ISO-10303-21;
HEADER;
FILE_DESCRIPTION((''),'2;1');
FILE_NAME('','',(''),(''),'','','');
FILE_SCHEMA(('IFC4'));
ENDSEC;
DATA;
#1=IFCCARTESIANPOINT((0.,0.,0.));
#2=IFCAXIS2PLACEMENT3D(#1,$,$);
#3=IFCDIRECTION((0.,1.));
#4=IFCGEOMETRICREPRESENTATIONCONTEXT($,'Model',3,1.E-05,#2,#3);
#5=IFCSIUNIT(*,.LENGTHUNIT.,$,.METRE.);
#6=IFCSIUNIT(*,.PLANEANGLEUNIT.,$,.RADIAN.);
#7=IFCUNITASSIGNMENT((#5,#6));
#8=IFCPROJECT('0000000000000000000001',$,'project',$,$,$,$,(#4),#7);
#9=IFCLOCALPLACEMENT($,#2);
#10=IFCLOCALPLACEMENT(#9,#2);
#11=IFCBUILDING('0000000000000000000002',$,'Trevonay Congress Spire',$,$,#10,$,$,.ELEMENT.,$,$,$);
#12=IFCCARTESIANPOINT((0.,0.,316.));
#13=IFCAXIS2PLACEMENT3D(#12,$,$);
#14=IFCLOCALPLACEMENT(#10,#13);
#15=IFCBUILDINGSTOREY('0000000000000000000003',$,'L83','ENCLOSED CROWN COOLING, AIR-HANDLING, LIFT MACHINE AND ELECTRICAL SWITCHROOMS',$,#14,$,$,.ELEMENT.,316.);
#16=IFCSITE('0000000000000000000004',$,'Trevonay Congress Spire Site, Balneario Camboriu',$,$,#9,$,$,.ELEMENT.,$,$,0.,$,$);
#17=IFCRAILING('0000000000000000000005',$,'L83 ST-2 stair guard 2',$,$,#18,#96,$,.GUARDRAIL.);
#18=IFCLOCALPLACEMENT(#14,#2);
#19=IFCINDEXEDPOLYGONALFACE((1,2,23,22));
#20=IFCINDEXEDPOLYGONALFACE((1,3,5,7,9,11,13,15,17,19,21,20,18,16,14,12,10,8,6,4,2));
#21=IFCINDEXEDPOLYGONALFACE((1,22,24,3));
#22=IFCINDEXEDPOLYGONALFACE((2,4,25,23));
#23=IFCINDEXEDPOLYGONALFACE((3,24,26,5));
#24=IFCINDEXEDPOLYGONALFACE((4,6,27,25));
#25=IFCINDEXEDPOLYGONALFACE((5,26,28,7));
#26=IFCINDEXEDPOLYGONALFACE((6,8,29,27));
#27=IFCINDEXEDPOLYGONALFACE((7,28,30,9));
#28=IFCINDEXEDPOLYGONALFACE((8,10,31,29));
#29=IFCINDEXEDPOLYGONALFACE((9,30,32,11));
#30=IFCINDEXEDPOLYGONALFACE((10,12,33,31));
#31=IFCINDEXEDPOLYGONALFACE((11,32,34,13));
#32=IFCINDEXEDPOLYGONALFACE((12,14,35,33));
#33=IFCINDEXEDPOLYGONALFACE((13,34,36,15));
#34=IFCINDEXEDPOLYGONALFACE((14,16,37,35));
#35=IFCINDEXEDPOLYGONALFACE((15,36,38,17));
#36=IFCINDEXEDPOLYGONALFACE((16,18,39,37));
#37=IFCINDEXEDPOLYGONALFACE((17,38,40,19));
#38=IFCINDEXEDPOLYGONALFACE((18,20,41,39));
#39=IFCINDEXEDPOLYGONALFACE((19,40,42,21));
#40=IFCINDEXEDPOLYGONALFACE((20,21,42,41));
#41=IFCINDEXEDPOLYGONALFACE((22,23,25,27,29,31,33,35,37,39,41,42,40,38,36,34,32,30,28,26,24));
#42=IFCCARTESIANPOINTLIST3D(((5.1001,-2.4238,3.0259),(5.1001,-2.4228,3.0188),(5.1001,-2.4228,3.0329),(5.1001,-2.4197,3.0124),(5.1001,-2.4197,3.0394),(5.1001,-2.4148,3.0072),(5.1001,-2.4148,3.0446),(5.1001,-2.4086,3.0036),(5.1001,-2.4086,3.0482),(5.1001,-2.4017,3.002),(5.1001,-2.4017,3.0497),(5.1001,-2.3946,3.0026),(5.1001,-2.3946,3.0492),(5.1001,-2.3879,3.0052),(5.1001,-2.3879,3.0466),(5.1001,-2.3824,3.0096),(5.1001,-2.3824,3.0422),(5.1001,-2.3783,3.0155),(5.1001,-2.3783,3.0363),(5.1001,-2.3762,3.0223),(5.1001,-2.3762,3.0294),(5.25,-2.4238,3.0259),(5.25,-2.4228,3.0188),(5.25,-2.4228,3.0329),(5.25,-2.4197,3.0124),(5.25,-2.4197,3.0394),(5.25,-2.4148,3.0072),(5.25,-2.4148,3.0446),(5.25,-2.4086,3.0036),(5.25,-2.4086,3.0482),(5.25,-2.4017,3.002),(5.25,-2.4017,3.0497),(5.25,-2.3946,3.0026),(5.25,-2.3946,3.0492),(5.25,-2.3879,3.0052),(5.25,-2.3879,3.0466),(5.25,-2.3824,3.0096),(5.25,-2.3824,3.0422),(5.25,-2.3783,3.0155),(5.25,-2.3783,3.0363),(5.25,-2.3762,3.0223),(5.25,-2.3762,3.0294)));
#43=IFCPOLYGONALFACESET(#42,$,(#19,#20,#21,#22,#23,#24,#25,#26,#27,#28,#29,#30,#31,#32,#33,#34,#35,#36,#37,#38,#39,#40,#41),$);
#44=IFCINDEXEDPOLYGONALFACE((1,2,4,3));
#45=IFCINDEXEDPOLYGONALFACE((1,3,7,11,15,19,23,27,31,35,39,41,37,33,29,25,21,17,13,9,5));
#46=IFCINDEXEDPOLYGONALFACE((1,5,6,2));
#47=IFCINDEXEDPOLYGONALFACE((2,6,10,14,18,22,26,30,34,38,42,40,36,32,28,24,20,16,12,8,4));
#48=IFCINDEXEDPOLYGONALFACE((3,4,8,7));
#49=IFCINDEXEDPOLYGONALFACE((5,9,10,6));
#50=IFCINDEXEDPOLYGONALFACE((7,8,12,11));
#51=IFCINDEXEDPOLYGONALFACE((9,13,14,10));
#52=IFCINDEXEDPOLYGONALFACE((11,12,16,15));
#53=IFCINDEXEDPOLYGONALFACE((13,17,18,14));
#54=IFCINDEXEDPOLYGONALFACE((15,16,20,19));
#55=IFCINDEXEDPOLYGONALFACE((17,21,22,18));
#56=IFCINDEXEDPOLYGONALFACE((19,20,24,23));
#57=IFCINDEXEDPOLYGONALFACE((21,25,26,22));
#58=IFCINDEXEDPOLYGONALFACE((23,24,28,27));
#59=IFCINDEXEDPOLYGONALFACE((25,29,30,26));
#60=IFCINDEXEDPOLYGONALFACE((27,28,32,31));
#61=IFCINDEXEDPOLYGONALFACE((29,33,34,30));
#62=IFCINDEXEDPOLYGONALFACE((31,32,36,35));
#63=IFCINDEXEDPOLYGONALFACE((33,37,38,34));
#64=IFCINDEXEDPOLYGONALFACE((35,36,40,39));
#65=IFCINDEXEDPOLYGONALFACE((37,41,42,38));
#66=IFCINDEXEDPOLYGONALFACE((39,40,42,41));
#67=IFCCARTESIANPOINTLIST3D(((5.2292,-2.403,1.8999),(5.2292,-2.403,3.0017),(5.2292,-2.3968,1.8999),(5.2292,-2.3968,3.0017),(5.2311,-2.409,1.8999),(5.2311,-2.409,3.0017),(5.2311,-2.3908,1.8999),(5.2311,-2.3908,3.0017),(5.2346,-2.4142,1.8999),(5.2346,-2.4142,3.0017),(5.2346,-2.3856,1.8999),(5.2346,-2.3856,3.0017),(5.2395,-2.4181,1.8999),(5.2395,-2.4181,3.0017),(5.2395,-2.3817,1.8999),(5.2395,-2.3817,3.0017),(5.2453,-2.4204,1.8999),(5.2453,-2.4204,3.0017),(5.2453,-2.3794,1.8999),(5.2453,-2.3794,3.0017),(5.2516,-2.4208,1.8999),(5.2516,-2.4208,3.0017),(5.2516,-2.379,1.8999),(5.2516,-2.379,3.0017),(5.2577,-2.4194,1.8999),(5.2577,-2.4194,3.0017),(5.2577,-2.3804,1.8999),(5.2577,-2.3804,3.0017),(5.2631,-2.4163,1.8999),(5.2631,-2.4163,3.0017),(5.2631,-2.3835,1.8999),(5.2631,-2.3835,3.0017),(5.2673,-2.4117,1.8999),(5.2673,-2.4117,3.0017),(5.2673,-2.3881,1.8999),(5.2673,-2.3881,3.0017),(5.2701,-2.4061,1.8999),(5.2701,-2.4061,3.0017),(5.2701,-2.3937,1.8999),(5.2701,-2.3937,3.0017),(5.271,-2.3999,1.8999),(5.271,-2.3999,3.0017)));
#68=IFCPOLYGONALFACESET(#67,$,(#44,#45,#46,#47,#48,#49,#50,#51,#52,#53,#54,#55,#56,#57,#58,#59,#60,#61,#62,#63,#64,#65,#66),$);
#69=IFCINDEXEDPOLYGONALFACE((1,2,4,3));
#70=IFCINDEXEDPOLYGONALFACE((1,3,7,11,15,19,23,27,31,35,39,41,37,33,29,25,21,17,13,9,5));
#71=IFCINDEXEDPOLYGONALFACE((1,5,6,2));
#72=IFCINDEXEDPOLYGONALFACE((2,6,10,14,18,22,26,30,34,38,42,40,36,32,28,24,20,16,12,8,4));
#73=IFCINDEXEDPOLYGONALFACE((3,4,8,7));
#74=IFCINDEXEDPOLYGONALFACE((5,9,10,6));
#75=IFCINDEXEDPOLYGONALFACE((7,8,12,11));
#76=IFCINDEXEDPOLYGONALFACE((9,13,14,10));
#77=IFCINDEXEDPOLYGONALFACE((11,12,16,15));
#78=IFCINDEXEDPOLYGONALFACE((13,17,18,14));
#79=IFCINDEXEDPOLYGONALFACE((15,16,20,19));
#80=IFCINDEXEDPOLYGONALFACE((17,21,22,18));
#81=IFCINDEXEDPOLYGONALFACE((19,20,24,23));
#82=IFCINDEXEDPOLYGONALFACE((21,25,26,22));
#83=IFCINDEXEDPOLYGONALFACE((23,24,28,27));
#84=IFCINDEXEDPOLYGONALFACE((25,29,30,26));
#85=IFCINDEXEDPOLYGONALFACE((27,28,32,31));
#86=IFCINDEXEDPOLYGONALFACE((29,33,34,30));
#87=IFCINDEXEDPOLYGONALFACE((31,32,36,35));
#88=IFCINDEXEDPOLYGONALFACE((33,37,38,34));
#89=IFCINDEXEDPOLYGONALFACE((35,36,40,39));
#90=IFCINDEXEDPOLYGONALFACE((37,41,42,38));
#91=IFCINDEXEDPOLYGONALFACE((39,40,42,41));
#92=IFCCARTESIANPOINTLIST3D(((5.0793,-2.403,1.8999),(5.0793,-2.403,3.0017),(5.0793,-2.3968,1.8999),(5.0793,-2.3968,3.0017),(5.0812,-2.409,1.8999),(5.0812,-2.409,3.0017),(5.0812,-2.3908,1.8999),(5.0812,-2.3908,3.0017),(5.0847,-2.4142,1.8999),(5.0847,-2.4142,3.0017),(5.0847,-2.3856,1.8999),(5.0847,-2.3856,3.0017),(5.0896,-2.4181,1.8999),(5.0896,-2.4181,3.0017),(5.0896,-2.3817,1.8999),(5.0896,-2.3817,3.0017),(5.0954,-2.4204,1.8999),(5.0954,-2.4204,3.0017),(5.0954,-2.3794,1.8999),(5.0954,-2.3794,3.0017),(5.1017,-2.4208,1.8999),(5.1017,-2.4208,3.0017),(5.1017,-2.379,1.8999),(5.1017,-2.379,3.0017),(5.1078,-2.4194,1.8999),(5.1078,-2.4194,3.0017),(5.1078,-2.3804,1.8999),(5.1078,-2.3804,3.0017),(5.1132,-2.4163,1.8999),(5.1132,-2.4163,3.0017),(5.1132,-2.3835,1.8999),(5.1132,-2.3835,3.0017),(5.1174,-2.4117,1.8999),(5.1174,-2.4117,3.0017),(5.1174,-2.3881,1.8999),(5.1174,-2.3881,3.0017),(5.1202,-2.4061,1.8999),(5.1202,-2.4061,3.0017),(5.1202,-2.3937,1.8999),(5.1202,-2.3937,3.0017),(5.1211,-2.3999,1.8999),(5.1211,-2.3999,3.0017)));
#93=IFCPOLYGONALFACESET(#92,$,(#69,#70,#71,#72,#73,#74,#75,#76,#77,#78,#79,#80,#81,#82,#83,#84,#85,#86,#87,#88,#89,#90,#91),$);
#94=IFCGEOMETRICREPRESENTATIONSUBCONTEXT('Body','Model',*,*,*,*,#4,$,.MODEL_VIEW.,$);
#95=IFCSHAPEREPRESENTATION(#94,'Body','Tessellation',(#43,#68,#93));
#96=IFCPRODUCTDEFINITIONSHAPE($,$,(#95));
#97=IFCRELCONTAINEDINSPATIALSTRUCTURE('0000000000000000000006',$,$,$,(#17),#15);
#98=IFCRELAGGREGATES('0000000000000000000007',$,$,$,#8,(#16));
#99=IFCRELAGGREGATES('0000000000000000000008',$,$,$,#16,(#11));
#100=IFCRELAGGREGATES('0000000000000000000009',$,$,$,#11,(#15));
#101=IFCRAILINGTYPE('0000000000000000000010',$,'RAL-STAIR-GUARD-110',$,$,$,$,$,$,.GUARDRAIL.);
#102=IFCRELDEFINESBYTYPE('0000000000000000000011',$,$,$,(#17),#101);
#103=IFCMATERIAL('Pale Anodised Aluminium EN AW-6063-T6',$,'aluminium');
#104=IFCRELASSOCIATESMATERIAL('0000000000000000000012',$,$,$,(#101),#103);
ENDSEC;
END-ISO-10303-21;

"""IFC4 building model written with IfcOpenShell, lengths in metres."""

from ifc_helpers import new_model, si_unit, direction, frame, origin, origin_2d, place, context, subcontext, project, spatial, circle, extrude, material, type_object, element, save


model = new_model("IFC4")

# Units and contexts
model_context = context("Model", 3, precision=1e-05, world=origin(), true_north=direction((0.0, 1.0)))
body_context = subcontext(model_context, "Body", "Model", "MODEL_VIEW")
ifc_project = project(units=[si_unit("LENGTHUNIT", "METRE"), si_unit("PLANEANGLEUNIT", "RADIAN")], contexts=[model_context])

# Site, building, storey
site_placement = place(None, origin())
site = spatial("IfcSite", under=ifc_project, at=site_placement, Name="Trevonay Congress Spire Site, Balneario Camboriu", CompositionType="ELEMENT", RefElevation=0.0)
building_placement = place(site_placement, origin())
building = spatial("IfcBuilding", under=site, at=building_placement, Name="Trevonay Congress Spire", CompositionType="ELEMENT")
storey_placement = place(building_placement, frame((0.0, 0.0, 316.0)))
storey = spatial("IfcBuildingStorey", under=building, at=storey_placement, Name="L83", Description="ENCLOSED CROWN COOLING, AIR-HANDLING, LIFT MACHINE AND ELECTRICAL SWITCHROOMS", CompositionType="ELEMENT", Elevation=316.0)

# Shared definitions
ifc_material_1 = material(Name="Pale Anodised Aluminium EN AW-6063-T6", Category="aluminium")

# Railing
railing_type_1 = type_object("IfcRailingType", Name="RAL-STAIR-GUARD-110", PredefinedType="GUARDRAIL", material=ifc_material_1)
railing_1_placement = place(storey_placement, frame((5.25, -2.3999, 1.8999)))
element("IfcRailing", 1, at=railing_1_placement, inside=storey, type_object=railing_type_1, Name="L83 ST-2 stair guard 2", PredefinedType="GUARDRAIL", context=body_context, shape_type="SweptSolid", body=[
    extrude(circle(Radius=0.0239, at=origin_2d()), frame((0.0, 0.0, 1.126), z_axis=(-1.0, 0.0, 0.0), x_axis=(0.0, -1.0, 0.0)), (0.0, 0.0, 1.0), 0.1499),
    extrude(circle(Radius=0.021, at=origin_2d()), origin(), (0.0, 0.0, 1.0), 1.1018),
    extrude(circle(Radius=0.021, at=origin_2d()), frame((-0.1499, 0.0, 0.0)), (0.0, 0.0, 1.0), 1.1018),
])

save(model, "model.ifc")
